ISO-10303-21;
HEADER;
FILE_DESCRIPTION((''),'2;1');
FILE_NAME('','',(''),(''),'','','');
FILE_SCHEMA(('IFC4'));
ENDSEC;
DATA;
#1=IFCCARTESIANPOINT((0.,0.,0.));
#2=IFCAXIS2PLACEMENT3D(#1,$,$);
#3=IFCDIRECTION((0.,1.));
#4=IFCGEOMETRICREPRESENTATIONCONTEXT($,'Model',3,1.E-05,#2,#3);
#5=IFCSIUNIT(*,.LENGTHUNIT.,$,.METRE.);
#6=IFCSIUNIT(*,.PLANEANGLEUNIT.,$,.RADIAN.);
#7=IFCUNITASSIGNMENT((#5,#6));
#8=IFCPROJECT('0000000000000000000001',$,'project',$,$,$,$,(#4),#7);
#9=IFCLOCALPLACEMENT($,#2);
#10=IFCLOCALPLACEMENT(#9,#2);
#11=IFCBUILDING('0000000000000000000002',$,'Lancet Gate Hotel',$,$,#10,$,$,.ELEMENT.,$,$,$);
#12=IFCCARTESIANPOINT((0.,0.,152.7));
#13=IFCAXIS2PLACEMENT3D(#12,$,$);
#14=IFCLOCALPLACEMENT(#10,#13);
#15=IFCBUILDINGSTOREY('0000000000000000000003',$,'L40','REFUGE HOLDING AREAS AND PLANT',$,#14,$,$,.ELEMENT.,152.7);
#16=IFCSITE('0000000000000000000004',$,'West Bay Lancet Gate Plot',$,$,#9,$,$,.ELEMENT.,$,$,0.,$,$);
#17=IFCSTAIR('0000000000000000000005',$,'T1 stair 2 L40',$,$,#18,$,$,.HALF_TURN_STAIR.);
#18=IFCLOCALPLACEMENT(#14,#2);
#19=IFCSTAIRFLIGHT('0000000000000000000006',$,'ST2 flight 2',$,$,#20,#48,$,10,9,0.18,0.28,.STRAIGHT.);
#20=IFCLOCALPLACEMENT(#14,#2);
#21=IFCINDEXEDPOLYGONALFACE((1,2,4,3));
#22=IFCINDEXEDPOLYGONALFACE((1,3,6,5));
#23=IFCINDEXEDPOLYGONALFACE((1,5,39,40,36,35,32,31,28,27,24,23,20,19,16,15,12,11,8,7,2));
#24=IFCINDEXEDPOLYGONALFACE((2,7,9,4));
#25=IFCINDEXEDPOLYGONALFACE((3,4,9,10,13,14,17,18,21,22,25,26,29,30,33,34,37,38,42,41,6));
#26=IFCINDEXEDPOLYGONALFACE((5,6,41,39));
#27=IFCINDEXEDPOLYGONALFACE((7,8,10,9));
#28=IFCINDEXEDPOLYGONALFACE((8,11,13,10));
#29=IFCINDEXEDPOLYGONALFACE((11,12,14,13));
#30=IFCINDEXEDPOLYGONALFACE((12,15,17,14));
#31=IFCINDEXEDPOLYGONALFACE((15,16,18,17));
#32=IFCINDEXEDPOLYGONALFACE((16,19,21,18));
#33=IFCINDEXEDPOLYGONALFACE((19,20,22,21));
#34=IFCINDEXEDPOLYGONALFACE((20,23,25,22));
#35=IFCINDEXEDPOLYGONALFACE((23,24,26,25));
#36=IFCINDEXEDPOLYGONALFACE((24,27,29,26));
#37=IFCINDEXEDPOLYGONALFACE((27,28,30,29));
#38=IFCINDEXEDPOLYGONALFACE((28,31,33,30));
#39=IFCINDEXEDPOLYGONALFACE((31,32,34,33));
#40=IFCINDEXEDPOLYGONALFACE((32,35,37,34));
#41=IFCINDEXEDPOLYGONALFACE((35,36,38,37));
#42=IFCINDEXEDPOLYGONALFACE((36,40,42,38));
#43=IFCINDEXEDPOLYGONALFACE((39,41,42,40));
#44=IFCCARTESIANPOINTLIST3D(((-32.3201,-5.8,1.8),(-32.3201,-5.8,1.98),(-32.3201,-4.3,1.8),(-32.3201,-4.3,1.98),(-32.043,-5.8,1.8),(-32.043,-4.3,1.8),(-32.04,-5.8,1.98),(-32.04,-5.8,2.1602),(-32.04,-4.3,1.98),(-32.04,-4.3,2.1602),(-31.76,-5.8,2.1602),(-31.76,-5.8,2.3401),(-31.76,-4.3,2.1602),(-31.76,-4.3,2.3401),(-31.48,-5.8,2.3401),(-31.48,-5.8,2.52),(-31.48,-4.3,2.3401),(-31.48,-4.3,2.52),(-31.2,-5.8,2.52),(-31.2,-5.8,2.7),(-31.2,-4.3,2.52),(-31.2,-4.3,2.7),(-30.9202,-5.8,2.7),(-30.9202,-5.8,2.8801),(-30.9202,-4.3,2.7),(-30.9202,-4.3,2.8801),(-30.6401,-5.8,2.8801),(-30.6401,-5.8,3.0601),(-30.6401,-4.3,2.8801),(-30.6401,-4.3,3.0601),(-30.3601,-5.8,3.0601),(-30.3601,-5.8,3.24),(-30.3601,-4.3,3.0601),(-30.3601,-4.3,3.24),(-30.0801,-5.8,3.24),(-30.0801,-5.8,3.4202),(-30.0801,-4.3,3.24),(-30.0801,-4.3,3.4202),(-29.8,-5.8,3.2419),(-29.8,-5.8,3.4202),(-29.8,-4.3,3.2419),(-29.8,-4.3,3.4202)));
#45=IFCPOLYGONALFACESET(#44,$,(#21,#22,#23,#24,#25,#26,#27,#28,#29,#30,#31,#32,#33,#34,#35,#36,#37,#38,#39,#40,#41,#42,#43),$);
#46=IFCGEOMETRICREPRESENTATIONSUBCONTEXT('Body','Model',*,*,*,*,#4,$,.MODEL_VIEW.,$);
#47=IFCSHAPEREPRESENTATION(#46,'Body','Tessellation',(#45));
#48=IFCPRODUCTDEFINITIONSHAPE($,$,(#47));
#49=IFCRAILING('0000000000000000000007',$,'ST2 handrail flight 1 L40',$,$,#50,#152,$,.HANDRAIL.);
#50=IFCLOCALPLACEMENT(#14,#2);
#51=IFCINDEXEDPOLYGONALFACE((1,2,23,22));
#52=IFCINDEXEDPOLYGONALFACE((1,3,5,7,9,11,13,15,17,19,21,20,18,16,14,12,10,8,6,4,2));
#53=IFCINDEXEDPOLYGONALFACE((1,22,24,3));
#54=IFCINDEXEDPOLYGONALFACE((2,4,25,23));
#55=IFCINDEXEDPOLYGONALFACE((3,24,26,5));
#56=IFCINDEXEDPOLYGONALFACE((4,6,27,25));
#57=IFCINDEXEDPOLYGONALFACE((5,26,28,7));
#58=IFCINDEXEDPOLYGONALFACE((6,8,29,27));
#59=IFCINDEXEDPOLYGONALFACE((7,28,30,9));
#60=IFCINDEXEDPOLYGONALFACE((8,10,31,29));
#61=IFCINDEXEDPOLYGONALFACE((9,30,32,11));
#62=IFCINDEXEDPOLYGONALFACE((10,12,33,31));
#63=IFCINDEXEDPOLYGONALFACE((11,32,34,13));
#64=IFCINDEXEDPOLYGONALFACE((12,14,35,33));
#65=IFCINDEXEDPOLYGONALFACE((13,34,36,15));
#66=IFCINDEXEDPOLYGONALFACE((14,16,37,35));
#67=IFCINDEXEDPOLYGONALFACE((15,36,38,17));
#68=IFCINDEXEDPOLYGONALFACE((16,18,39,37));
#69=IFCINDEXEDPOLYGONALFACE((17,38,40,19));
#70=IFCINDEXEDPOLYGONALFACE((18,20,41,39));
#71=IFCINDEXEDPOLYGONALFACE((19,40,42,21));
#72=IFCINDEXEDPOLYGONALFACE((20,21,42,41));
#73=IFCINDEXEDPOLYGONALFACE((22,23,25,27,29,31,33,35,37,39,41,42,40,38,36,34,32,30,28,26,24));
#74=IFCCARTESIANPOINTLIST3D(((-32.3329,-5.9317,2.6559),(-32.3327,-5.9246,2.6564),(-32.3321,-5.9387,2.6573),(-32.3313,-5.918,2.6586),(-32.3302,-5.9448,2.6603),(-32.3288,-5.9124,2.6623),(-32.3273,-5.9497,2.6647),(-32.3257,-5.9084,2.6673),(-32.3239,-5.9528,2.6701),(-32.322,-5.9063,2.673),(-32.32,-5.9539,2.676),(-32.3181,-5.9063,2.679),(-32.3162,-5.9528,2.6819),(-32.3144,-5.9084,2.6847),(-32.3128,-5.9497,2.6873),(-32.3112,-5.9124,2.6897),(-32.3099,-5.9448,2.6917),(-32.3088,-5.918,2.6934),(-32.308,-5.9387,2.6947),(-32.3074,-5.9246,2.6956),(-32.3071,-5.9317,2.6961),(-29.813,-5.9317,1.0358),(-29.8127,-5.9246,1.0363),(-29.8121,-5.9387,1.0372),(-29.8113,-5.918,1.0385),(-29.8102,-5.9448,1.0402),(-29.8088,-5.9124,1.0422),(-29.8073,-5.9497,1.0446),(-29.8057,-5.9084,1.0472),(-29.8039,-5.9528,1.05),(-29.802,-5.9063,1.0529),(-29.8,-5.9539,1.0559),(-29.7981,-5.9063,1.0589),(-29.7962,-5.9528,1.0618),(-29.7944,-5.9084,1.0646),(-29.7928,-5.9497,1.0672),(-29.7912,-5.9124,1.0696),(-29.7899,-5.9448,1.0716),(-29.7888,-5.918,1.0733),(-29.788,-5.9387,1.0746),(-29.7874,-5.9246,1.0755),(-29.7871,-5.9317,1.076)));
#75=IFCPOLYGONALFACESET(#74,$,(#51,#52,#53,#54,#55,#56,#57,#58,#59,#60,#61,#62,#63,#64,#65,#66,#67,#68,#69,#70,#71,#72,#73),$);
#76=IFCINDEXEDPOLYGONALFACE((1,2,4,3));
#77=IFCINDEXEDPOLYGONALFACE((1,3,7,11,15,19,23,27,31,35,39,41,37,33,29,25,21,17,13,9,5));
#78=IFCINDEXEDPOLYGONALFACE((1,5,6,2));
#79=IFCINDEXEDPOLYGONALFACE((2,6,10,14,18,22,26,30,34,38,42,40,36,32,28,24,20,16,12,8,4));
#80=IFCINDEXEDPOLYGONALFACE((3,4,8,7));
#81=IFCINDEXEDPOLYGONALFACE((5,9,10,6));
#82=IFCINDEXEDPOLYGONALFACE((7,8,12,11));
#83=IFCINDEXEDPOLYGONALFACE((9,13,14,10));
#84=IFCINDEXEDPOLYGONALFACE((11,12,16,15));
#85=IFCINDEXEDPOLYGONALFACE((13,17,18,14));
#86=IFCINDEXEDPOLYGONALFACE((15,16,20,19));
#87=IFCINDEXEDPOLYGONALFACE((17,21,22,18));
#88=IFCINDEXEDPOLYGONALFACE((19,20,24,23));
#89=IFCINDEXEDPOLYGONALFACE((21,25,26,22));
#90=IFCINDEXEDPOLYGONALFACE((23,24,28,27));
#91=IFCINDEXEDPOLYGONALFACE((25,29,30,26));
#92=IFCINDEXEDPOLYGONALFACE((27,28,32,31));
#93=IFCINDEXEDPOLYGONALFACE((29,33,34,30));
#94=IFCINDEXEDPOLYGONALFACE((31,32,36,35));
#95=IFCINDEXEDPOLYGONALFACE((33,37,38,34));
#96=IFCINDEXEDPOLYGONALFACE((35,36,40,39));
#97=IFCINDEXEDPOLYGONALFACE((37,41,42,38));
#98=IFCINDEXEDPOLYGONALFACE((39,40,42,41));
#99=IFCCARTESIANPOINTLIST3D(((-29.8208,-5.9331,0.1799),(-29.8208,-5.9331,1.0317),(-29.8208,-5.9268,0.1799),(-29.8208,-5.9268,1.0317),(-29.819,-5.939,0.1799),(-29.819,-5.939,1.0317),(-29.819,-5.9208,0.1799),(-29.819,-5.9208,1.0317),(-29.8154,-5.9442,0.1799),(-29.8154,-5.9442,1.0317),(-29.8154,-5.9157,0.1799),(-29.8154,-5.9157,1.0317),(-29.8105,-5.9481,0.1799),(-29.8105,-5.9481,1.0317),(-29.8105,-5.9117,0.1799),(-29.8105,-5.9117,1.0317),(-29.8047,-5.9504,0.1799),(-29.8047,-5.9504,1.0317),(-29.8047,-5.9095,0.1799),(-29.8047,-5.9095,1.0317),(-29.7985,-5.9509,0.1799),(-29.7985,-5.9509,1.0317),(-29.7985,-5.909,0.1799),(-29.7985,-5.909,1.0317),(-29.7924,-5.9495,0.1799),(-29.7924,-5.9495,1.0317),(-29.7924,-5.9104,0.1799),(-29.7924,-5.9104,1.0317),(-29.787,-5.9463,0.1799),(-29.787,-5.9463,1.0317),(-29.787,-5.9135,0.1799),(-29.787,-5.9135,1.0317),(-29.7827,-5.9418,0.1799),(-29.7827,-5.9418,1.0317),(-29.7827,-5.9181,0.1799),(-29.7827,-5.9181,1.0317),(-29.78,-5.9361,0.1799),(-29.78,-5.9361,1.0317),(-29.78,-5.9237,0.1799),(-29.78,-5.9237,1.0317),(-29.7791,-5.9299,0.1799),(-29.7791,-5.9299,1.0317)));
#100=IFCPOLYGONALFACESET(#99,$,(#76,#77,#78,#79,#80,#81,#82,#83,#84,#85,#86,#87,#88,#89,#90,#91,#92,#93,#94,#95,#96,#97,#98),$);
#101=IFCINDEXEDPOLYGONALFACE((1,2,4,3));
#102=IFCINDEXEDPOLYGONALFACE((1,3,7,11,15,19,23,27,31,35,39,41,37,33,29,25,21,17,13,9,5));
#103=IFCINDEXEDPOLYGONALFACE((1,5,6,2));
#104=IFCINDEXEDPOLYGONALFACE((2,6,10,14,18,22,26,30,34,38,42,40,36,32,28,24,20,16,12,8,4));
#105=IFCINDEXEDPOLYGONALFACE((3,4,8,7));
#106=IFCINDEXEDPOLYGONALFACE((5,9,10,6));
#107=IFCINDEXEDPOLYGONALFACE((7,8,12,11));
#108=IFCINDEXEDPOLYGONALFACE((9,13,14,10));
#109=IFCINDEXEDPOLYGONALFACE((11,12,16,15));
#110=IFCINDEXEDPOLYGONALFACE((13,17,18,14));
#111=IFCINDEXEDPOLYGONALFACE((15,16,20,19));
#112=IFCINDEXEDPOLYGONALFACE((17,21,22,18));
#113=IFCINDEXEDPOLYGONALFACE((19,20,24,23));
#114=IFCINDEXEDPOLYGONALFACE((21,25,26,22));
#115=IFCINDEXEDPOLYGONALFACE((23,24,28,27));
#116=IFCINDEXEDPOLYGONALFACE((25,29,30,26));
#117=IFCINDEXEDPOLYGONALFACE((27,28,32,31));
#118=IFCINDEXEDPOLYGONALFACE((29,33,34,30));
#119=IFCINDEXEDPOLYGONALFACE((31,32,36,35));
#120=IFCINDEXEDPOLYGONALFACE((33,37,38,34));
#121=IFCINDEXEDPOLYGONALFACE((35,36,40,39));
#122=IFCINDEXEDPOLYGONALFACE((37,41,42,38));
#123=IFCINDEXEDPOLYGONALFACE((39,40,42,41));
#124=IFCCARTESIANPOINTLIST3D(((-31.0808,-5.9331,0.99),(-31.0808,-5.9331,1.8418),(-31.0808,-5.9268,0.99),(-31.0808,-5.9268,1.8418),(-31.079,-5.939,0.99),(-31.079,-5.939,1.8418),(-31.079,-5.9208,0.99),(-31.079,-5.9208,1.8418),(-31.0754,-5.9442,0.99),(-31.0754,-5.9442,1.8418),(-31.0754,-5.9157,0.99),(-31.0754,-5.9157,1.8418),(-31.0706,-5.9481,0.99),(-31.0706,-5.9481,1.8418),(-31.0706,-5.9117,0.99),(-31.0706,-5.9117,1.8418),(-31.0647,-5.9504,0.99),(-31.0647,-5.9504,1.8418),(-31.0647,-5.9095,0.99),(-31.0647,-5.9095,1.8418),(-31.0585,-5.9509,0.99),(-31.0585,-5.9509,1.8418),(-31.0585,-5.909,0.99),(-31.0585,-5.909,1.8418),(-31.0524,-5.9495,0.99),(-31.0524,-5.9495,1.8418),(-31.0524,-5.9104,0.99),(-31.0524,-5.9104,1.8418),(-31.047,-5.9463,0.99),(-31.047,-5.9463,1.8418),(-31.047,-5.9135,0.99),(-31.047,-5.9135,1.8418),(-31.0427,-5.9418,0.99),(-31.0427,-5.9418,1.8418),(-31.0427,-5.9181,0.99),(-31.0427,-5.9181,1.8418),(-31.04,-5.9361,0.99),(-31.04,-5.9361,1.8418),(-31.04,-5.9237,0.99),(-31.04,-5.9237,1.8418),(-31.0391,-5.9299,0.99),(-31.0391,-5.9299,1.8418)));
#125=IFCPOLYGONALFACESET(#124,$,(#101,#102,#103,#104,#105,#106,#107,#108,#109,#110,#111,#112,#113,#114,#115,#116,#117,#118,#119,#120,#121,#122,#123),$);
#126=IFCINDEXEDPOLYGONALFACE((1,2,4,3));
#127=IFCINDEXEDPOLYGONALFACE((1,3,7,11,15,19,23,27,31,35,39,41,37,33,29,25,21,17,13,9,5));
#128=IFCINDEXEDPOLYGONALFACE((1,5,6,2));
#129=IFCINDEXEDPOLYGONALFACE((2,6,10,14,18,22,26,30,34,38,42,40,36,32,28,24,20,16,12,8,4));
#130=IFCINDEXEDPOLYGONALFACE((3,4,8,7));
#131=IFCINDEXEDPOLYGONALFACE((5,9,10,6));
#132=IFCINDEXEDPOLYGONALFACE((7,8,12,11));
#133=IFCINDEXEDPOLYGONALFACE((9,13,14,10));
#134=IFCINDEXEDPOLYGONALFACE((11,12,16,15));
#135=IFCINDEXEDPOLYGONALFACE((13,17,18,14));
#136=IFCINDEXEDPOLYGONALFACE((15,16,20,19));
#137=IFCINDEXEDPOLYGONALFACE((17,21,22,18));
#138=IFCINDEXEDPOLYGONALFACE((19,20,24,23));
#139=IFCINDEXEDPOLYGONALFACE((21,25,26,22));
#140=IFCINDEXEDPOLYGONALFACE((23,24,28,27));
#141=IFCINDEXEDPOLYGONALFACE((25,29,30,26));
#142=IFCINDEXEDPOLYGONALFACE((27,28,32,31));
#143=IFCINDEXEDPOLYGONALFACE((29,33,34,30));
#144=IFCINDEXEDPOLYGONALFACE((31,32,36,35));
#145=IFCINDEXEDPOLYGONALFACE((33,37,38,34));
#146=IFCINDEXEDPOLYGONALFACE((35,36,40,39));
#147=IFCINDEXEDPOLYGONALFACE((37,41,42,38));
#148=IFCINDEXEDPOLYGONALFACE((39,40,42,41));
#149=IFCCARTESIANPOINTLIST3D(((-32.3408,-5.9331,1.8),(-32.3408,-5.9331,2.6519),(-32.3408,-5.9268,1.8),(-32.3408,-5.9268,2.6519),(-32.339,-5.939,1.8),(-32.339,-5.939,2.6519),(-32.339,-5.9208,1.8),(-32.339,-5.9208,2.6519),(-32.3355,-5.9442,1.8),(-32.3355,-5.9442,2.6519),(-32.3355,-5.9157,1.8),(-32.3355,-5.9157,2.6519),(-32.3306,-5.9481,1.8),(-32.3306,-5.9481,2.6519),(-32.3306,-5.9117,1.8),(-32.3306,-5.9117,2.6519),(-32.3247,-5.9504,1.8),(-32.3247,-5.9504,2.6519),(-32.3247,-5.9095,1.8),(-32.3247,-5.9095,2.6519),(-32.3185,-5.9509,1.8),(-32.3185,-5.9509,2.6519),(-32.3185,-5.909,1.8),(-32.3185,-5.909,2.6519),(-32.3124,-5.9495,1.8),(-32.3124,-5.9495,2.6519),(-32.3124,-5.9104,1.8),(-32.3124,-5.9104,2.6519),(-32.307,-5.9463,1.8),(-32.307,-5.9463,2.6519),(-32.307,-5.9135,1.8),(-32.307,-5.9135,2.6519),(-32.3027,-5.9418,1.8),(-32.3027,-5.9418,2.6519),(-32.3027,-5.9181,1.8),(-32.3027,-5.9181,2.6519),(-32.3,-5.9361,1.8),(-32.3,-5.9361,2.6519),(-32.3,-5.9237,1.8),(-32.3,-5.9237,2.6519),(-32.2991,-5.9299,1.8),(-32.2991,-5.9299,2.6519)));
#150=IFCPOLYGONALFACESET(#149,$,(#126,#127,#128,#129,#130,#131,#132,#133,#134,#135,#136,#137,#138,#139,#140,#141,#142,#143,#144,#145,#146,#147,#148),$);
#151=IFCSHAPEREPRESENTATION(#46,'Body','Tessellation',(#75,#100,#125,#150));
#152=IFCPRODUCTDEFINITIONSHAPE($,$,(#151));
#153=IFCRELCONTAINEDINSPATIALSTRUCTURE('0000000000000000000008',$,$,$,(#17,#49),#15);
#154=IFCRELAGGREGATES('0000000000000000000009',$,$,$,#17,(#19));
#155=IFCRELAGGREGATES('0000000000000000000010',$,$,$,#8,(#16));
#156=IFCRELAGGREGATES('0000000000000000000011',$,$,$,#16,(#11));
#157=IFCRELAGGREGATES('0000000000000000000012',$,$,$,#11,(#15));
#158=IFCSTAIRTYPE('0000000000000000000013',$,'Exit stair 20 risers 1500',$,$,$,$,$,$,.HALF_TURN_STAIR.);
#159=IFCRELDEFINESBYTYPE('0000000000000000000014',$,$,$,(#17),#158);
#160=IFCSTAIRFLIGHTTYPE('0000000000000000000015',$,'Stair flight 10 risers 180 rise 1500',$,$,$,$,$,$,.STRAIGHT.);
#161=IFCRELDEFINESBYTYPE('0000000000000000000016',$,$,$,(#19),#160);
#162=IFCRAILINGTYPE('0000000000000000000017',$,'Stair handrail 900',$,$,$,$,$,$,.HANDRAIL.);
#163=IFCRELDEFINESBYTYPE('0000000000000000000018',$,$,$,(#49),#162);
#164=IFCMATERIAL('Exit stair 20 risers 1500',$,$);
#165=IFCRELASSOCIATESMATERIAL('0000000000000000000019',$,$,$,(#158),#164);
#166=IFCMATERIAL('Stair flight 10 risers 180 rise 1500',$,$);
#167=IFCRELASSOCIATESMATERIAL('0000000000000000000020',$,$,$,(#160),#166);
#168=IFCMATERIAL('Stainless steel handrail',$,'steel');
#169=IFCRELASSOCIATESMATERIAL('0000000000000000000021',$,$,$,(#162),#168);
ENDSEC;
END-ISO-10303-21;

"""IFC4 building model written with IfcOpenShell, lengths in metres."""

from ifc_helpers import new_model, si_unit, direction, frame, origin, origin_2d, place, context, subcontext, project, spatial, polyline, circle, outline, extrude, material, type_object, element, aggregate, save


model = new_model("IFC4")

# Units and contexts
model_context = context("Model", 3, precision=1e-05, world=origin(), true_north=direction((0.0, 1.0)))
body_context = subcontext(model_context, "Body", "Model", "MODEL_VIEW")
ifc_project = project(units=[si_unit("LENGTHUNIT", "METRE"), si_unit("PLANEANGLEUNIT", "RADIAN")], contexts=[model_context])

# Site, building, storey
site_placement = place(None, origin())
site = spatial("IfcSite", under=ifc_project, at=site_placement, Name="West Bay Lancet Gate Plot", CompositionType="ELEMENT", RefElevation=0.0)
building_placement = place(site_placement, origin())
building = spatial("IfcBuilding", under=site, at=building_placement, Name="Lancet Gate Hotel", CompositionType="ELEMENT")
storey_placement = place(building_placement, frame((0.0, 0.0, 152.7)))
storey = spatial("IfcBuildingStorey", under=building, at=storey_placement, Name="L40", Description="REFUGE HOLDING AREAS AND PLANT", CompositionType="ELEMENT", Elevation=152.7)

# Stair, stair flight
ifc_material_1 = material(Name="Exit stair 20 risers 1500")
stair_type = type_object("IfcStairType", Name="Exit stair 20 risers 1500", PredefinedType="HALF_TURN_STAIR", material=ifc_material_1)
stair_placement = place(storey_placement, origin())
stair = element("IfcStair", 1, at=stair_placement, inside=storey, type_object=stair_type, Name="T1 stair 2 L40", PredefinedType="HALF_TURN_STAIR")
ifc_material_2 = material(Name="Stair flight 10 risers 180 rise 1500")
stair_flight_type = type_object("IfcStairFlightType", Name="Stair flight 10 risers 180 rise 1500", PredefinedType="STRAIGHT", material=ifc_material_2)
stair_flight_1_placement = place(storey_placement, frame((-32.3201, -5.05, 1.8), z_axis=(0.0, 0.0, 1.0), x_axis=(1.0, 0.0, 0.0)))
stair_flight_1 = element("IfcStairFlight", 2, at=stair_flight_1_placement, type_object=stair_flight_type, Name="ST2 flight 2", NumberOfRisers=10, NumberOfTreads=9, PredefinedType="STRAIGHT", RiserHeight=0.18, TreadLength=0.28, context=body_context, shape_type="SweptSolid", body=[
    extrude(outline(polyline([(0.0, 0.0), (0.0, 0.1799), (0.28, 0.1799), (0.28, 0.3601), (0.5601, 0.3601), (0.5601, 0.54), (0.8401, 0.54), (0.8401, 0.72), (1.1201, 0.72), (1.1201, 0.8999), (1.3999, 0.8999), (1.3999, 1.0801), (1.6799, 1.0801), (1.6799, 1.26), (1.96, 1.26), (1.96, 1.4399), (2.24, 1.4399), (2.24, 1.6201), (2.52, 1.6201), (2.52, 1.8), (2.52, 1.4419), (0.2771, 0.0), (0.0, 0.0)])), frame((0.0, 0.75, 0.0), z_axis=(0.0, -1.0, 0.0), x_axis=(1.0, 0.0, 0.0)), (0.0, 0.0, 1.0), 1.5),
])
aggregate(stair, [stair_flight_1])

# Railing
ifc_material_3 = material(Name="Stainless steel handrail", Category="steel")
railing_type = type_object("IfcRailingType", Name="Stair handrail 900", PredefinedType="HANDRAIL", material=ifc_material_3)
railing_1_placement = place(storey_placement, frame((-29.8, -5.9299, 0.1799)))
element("IfcRailing", 3, at=railing_1_placement, inside=storey, type_object=railing_type, Name="ST2 handrail flight 1 L40", PredefinedType="HANDRAIL", context=body_context, shape_type="SweptSolid", body=[
    extrude(circle(Radius=0.0239, at=origin_2d()), frame((0.0, 0.0, 0.876), z_axis=(-0.841163, 0.0, 0.540782), x_axis=(0.0, -1.0, 0.0)), (0.0, 0.0, 1.0), 2.9958),
    extrude(circle(Radius=0.021, at=origin_2d()), origin(), (0.0, 0.0, 1.0), 0.8518),
    extrude(circle(Radius=0.021, at=origin_2d()), frame((-1.26, 0.0, 0.8101)), (0.0, 0.0, 1.0), 0.8518),
    extrude(circle(Radius=0.021, at=origin_2d()), frame((-2.52, 0.0, 1.6201)), (0.0, 0.0, 1.0), 0.8518),
])

save(model, "model.ifc")
